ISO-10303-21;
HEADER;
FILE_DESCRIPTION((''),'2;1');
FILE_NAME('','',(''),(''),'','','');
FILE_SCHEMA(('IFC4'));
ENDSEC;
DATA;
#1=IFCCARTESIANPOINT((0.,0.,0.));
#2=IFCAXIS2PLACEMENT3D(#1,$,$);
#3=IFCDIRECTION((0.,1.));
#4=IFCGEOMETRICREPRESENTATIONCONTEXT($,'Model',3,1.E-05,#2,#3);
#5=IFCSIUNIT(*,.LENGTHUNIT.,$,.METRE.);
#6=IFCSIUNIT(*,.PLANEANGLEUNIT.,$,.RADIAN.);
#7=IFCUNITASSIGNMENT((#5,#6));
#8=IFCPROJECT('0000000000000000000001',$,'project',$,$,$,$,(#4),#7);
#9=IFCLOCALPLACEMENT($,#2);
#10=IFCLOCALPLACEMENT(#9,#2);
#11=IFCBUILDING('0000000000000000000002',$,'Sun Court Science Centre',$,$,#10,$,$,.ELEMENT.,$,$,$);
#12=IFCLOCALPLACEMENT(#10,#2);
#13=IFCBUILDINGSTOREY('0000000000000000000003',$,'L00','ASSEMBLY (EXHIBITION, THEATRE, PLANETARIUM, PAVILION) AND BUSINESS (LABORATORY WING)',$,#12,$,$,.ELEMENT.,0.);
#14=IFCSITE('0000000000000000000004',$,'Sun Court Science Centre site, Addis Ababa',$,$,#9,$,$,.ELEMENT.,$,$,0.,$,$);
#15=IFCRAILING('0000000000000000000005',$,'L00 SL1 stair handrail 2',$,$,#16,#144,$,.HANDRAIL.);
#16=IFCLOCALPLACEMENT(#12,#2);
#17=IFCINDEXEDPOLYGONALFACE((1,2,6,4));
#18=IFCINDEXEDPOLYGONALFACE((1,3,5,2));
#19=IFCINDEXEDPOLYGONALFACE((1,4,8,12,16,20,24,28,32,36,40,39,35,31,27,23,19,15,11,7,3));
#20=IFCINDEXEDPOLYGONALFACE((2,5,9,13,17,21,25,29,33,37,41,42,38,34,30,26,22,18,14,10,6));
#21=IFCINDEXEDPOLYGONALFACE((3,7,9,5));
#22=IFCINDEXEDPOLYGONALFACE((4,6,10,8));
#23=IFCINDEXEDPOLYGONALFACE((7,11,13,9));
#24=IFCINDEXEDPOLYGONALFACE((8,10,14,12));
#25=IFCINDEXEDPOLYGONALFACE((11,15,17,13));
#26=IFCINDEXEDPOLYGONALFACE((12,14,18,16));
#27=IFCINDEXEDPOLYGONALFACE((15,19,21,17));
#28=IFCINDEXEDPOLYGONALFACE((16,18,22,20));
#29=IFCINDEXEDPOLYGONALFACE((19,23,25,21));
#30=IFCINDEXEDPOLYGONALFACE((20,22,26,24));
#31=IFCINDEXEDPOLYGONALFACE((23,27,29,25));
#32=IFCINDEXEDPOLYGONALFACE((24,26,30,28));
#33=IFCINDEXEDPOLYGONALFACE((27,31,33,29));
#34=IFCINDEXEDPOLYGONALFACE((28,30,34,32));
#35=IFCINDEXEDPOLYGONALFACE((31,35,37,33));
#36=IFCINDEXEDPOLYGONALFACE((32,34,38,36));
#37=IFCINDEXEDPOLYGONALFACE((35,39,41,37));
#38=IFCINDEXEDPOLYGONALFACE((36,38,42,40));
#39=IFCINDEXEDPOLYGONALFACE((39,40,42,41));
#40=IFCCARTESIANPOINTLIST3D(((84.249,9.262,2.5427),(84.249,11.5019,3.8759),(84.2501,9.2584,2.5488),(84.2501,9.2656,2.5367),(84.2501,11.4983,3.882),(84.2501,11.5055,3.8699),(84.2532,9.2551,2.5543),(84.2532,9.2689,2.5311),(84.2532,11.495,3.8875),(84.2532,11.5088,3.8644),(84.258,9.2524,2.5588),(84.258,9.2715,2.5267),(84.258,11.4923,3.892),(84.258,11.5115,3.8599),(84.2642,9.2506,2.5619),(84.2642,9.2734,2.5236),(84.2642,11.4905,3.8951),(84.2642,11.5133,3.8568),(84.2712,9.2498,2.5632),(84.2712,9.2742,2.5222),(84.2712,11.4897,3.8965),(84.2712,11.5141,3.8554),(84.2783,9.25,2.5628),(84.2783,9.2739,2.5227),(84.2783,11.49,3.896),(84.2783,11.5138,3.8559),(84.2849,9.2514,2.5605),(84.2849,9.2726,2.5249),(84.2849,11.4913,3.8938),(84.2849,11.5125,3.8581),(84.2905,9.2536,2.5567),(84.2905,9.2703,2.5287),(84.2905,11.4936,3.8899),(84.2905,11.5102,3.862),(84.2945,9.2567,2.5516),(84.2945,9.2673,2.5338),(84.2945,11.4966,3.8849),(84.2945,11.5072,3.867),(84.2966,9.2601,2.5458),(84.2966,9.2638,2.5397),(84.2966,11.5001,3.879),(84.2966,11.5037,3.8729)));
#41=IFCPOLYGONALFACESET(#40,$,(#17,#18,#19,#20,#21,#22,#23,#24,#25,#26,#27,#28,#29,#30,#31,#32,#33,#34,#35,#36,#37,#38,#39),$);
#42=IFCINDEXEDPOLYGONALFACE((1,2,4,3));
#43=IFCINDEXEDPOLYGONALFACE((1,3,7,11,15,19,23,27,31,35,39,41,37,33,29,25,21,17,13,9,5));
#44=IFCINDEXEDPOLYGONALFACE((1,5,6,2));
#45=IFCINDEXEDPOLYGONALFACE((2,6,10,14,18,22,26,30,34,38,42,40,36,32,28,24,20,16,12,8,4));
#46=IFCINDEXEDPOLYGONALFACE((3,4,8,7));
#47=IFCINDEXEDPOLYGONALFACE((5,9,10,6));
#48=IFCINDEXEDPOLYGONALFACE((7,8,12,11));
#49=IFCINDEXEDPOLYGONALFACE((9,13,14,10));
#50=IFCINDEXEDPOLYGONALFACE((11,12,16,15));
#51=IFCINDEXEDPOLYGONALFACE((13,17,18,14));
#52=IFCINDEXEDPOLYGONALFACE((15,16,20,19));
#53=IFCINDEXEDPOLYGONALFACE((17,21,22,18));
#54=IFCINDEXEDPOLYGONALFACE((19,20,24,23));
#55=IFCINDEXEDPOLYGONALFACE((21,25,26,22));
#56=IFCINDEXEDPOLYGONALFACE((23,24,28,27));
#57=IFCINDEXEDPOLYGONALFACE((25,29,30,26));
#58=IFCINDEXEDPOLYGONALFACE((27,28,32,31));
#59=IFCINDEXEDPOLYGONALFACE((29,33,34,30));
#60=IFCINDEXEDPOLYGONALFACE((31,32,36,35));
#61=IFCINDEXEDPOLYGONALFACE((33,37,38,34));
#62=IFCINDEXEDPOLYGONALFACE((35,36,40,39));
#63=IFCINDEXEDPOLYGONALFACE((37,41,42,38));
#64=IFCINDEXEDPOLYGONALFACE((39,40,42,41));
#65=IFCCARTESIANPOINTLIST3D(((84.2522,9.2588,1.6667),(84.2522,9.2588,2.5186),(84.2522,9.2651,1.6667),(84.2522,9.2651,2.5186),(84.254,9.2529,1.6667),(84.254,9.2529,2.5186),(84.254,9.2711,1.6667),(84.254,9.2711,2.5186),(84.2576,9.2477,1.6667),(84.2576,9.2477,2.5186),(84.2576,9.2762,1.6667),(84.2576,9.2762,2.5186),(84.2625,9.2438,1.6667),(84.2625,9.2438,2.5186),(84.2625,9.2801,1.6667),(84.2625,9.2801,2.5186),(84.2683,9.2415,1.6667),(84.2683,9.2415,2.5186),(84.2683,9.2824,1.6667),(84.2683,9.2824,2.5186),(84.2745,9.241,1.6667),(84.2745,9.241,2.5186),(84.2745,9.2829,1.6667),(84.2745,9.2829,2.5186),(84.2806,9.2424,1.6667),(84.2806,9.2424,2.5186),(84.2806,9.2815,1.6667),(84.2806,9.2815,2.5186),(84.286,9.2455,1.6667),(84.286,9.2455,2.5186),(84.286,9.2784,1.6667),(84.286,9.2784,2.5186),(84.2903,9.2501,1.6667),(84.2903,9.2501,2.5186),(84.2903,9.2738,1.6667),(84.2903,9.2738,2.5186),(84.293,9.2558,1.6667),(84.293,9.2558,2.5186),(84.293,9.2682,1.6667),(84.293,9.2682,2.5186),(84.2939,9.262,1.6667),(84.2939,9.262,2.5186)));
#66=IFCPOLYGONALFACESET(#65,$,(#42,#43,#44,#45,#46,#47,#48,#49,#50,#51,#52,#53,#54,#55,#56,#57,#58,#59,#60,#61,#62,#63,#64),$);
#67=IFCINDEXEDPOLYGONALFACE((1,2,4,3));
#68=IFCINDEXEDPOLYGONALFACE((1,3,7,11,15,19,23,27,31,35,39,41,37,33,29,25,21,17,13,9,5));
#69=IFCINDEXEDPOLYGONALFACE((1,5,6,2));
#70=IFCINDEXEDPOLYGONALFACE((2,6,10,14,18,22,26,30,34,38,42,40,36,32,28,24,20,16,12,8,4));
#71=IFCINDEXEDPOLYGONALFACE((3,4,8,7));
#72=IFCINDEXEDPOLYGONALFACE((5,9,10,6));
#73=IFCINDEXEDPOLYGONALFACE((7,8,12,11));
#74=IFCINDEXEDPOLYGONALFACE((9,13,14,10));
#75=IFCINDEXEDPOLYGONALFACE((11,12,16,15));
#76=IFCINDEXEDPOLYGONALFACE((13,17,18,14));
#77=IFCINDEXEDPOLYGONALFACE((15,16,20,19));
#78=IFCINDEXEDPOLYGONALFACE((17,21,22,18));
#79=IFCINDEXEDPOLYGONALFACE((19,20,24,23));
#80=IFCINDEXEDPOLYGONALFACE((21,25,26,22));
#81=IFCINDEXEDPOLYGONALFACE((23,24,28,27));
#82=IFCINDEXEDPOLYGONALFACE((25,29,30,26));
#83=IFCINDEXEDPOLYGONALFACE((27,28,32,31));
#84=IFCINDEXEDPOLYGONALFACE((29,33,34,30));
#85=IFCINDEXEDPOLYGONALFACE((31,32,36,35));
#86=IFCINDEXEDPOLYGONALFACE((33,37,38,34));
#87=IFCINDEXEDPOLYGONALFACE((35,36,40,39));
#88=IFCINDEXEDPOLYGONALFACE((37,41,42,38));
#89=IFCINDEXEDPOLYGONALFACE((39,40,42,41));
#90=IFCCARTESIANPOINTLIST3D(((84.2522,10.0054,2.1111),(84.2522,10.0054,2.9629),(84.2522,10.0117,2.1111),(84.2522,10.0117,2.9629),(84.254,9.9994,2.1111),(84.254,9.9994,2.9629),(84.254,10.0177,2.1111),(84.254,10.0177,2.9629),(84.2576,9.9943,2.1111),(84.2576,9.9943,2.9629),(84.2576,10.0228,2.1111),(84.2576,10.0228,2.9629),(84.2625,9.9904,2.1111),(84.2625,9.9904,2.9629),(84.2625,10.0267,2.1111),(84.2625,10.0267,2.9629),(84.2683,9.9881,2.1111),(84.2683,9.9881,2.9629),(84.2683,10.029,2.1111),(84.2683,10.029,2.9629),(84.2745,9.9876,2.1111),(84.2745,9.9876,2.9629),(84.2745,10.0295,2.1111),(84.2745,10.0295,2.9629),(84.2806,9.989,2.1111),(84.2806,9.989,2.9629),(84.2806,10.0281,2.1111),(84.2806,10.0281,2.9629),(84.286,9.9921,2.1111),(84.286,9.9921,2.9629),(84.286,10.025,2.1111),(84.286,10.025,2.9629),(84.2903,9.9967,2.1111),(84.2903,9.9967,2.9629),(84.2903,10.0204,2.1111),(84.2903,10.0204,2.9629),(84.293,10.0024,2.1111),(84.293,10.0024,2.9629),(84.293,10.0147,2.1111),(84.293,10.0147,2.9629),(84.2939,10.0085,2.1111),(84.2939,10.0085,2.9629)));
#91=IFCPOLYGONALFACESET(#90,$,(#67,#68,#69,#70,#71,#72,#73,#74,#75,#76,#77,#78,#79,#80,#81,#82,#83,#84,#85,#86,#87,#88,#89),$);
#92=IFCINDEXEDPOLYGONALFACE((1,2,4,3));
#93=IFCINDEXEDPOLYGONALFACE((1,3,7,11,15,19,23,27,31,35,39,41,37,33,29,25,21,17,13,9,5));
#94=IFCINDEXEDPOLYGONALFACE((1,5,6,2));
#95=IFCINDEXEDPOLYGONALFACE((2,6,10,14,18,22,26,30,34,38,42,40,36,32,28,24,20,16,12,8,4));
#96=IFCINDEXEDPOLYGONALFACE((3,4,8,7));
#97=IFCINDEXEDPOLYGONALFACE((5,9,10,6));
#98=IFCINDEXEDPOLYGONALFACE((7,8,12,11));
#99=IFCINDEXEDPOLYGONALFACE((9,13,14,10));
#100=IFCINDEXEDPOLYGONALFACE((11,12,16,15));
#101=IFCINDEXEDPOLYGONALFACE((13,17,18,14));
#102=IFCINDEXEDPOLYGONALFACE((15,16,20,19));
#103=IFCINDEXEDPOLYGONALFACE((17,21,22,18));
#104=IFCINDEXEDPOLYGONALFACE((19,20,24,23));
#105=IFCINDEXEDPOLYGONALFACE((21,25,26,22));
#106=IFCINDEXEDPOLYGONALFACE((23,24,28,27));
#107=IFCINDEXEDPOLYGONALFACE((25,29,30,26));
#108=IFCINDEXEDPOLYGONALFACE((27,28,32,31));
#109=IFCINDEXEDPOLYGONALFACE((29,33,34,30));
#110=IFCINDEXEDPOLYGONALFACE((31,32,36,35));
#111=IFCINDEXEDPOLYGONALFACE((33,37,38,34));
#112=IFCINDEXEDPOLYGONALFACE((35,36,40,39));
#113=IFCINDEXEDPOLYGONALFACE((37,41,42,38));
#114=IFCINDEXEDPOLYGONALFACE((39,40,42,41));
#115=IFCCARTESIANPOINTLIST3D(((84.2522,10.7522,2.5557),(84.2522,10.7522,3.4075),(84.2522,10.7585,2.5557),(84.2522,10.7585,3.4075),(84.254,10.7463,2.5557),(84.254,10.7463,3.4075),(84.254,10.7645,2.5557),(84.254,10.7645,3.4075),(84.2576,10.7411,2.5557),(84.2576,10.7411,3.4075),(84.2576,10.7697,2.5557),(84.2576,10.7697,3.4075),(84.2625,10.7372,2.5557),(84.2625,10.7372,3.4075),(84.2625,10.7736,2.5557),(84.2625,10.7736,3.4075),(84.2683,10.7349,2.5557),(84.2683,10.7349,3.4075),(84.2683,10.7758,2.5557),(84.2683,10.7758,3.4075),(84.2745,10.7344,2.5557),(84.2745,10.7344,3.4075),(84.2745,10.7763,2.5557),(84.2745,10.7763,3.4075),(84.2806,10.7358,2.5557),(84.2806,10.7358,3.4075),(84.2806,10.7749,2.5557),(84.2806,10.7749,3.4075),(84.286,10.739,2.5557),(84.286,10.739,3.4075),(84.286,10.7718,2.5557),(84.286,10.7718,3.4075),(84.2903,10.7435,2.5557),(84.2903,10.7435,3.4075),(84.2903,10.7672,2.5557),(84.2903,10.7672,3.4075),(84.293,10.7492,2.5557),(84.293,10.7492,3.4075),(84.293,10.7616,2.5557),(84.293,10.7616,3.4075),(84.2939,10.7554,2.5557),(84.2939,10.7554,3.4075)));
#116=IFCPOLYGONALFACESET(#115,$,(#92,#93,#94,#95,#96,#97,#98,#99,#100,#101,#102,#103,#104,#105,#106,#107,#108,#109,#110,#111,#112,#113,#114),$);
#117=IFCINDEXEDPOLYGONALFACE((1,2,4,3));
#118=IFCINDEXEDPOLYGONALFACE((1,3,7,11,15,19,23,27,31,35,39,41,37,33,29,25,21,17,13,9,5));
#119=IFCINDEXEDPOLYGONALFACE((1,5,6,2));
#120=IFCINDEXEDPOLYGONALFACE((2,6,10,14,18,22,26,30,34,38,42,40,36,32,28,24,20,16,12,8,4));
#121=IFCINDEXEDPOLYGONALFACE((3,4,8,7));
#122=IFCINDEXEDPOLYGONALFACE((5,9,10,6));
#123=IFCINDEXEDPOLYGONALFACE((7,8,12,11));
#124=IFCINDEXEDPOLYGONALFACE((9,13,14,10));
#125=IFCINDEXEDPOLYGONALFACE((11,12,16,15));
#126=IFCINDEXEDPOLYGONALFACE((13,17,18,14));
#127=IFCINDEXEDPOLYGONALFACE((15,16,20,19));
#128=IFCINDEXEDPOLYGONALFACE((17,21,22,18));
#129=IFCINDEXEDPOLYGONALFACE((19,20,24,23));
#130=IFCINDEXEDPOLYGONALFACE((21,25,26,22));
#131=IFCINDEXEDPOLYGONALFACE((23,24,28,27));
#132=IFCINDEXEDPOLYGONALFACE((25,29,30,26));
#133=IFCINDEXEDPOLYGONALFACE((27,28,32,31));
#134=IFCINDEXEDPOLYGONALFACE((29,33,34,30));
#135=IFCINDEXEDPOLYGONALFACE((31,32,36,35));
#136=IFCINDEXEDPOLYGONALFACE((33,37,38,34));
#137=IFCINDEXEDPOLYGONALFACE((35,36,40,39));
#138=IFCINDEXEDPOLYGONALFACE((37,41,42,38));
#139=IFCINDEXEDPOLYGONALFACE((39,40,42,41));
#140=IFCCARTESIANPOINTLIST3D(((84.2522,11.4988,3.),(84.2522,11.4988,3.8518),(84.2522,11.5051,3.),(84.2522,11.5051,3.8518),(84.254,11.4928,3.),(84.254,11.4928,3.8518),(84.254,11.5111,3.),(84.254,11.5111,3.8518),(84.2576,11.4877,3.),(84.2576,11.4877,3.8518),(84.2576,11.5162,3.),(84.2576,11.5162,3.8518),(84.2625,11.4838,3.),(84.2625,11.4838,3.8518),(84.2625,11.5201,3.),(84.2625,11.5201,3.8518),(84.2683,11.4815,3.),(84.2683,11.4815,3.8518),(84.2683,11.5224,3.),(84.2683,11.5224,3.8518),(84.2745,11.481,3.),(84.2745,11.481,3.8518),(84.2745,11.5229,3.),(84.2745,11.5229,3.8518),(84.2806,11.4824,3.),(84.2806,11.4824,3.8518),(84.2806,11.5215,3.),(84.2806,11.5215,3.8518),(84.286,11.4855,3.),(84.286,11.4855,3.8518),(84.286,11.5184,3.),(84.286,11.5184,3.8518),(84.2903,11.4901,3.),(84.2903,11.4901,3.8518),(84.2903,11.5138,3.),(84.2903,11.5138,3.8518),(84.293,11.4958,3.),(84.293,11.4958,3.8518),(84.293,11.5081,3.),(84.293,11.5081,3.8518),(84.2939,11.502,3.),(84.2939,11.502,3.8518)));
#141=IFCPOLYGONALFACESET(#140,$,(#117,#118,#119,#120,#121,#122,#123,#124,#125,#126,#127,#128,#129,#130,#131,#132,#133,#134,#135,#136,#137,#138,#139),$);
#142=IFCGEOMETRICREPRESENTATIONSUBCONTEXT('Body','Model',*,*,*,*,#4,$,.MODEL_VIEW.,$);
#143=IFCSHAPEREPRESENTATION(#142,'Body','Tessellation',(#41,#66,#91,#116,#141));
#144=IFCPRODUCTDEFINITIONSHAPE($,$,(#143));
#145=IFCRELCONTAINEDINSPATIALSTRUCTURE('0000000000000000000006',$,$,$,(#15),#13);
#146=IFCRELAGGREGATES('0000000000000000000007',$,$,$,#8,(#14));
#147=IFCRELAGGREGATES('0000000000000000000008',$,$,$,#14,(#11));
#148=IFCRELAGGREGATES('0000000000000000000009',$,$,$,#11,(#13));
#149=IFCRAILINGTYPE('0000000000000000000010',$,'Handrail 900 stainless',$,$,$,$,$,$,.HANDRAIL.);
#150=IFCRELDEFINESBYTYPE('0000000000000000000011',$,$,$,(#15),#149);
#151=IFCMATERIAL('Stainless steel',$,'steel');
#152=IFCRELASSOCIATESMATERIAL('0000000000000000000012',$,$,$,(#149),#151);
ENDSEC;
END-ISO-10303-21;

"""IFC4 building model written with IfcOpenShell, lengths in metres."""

from ifc_helpers import new_model, si_unit, direction, frame, origin, origin_2d, place, context, subcontext, project, spatial, circle, extrude, material, type_object, element, save


model = new_model("IFC4")

# Units and contexts
model_context = context("Model", 3, precision=1e-05, world=origin(), true_north=direction((0.0, 1.0)))
body_context = subcontext(model_context, "Body", "Model", "MODEL_VIEW")
ifc_project = project(units=[si_unit("LENGTHUNIT", "METRE"), si_unit("PLANEANGLEUNIT", "RADIAN")], contexts=[model_context])

# Site, building, storey
site_placement = place(None, origin())
site = spatial("IfcSite", under=ifc_project, at=site_placement, Name="Sun Court Science Centre site, Addis Ababa", CompositionType="ELEMENT", RefElevation=0.0)
building_placement = place(site_placement, origin())
building = spatial("IfcBuilding", under=site, at=building_placement, Name="Sun Court Science Centre", CompositionType="ELEMENT")
storey_placement = place(building_placement, origin())
storey = spatial("IfcBuildingStorey", under=building, at=storey_placement, Name="L00", Description="ASSEMBLY (EXHIBITION, THEATRE, PLANETARIUM, PAVILION) AND BUSINESS (LABORATORY WING)", CompositionType="ELEMENT", Elevation=0.0)

# Railing
ifc_material_1 = material(Name="Stainless steel", Category="steel")
railing_type_1 = type_object("IfcRailingType", Name="Handrail 900 stainless", PredefinedType="HANDRAIL", material=ifc_material_1)
for number, where, name in (
    (1, (84.2729, 9.262, 1.6667), "L00 SL1 stair handrail 2"),
):
    element("IfcRailing", number, at=place(storey_placement, frame(where)), inside=storey, type_object=railing_type_1, Name=name, PredefinedType="HANDRAIL", context=body_context, shape_type="SweptSolid", body=[
        extrude(circle(Radius=0.0239, at=origin_2d()), frame((0.0, 0.0, 0.876), z_axis=(0.0, 0.859306, 0.511462), x_axis=(-1.0, 0.0, 0.0)), (0.0, 0.0, 1.0), 2.6067),
        extrude(circle(Radius=0.021, at=origin_2d()), origin(), (0.0, 0.0, 1.0), 0.8518),
        extrude(circle(Radius=0.021, at=origin_2d()), frame((0.0, 0.7466, 0.4443)), (0.0, 0.0, 1.0), 0.8518),
        extrude(circle(Radius=0.021, at=origin_2d()), frame((0.0, 1.4934, 0.8889)), (0.0, 0.0, 1.0), 0.8518),
        extrude(circle(Radius=0.021, at=origin_2d()), frame((0.0, 2.24, 1.3333)), (0.0, 0.0, 1.0), 0.8518),
    ])

save(model, "model.ifc")
